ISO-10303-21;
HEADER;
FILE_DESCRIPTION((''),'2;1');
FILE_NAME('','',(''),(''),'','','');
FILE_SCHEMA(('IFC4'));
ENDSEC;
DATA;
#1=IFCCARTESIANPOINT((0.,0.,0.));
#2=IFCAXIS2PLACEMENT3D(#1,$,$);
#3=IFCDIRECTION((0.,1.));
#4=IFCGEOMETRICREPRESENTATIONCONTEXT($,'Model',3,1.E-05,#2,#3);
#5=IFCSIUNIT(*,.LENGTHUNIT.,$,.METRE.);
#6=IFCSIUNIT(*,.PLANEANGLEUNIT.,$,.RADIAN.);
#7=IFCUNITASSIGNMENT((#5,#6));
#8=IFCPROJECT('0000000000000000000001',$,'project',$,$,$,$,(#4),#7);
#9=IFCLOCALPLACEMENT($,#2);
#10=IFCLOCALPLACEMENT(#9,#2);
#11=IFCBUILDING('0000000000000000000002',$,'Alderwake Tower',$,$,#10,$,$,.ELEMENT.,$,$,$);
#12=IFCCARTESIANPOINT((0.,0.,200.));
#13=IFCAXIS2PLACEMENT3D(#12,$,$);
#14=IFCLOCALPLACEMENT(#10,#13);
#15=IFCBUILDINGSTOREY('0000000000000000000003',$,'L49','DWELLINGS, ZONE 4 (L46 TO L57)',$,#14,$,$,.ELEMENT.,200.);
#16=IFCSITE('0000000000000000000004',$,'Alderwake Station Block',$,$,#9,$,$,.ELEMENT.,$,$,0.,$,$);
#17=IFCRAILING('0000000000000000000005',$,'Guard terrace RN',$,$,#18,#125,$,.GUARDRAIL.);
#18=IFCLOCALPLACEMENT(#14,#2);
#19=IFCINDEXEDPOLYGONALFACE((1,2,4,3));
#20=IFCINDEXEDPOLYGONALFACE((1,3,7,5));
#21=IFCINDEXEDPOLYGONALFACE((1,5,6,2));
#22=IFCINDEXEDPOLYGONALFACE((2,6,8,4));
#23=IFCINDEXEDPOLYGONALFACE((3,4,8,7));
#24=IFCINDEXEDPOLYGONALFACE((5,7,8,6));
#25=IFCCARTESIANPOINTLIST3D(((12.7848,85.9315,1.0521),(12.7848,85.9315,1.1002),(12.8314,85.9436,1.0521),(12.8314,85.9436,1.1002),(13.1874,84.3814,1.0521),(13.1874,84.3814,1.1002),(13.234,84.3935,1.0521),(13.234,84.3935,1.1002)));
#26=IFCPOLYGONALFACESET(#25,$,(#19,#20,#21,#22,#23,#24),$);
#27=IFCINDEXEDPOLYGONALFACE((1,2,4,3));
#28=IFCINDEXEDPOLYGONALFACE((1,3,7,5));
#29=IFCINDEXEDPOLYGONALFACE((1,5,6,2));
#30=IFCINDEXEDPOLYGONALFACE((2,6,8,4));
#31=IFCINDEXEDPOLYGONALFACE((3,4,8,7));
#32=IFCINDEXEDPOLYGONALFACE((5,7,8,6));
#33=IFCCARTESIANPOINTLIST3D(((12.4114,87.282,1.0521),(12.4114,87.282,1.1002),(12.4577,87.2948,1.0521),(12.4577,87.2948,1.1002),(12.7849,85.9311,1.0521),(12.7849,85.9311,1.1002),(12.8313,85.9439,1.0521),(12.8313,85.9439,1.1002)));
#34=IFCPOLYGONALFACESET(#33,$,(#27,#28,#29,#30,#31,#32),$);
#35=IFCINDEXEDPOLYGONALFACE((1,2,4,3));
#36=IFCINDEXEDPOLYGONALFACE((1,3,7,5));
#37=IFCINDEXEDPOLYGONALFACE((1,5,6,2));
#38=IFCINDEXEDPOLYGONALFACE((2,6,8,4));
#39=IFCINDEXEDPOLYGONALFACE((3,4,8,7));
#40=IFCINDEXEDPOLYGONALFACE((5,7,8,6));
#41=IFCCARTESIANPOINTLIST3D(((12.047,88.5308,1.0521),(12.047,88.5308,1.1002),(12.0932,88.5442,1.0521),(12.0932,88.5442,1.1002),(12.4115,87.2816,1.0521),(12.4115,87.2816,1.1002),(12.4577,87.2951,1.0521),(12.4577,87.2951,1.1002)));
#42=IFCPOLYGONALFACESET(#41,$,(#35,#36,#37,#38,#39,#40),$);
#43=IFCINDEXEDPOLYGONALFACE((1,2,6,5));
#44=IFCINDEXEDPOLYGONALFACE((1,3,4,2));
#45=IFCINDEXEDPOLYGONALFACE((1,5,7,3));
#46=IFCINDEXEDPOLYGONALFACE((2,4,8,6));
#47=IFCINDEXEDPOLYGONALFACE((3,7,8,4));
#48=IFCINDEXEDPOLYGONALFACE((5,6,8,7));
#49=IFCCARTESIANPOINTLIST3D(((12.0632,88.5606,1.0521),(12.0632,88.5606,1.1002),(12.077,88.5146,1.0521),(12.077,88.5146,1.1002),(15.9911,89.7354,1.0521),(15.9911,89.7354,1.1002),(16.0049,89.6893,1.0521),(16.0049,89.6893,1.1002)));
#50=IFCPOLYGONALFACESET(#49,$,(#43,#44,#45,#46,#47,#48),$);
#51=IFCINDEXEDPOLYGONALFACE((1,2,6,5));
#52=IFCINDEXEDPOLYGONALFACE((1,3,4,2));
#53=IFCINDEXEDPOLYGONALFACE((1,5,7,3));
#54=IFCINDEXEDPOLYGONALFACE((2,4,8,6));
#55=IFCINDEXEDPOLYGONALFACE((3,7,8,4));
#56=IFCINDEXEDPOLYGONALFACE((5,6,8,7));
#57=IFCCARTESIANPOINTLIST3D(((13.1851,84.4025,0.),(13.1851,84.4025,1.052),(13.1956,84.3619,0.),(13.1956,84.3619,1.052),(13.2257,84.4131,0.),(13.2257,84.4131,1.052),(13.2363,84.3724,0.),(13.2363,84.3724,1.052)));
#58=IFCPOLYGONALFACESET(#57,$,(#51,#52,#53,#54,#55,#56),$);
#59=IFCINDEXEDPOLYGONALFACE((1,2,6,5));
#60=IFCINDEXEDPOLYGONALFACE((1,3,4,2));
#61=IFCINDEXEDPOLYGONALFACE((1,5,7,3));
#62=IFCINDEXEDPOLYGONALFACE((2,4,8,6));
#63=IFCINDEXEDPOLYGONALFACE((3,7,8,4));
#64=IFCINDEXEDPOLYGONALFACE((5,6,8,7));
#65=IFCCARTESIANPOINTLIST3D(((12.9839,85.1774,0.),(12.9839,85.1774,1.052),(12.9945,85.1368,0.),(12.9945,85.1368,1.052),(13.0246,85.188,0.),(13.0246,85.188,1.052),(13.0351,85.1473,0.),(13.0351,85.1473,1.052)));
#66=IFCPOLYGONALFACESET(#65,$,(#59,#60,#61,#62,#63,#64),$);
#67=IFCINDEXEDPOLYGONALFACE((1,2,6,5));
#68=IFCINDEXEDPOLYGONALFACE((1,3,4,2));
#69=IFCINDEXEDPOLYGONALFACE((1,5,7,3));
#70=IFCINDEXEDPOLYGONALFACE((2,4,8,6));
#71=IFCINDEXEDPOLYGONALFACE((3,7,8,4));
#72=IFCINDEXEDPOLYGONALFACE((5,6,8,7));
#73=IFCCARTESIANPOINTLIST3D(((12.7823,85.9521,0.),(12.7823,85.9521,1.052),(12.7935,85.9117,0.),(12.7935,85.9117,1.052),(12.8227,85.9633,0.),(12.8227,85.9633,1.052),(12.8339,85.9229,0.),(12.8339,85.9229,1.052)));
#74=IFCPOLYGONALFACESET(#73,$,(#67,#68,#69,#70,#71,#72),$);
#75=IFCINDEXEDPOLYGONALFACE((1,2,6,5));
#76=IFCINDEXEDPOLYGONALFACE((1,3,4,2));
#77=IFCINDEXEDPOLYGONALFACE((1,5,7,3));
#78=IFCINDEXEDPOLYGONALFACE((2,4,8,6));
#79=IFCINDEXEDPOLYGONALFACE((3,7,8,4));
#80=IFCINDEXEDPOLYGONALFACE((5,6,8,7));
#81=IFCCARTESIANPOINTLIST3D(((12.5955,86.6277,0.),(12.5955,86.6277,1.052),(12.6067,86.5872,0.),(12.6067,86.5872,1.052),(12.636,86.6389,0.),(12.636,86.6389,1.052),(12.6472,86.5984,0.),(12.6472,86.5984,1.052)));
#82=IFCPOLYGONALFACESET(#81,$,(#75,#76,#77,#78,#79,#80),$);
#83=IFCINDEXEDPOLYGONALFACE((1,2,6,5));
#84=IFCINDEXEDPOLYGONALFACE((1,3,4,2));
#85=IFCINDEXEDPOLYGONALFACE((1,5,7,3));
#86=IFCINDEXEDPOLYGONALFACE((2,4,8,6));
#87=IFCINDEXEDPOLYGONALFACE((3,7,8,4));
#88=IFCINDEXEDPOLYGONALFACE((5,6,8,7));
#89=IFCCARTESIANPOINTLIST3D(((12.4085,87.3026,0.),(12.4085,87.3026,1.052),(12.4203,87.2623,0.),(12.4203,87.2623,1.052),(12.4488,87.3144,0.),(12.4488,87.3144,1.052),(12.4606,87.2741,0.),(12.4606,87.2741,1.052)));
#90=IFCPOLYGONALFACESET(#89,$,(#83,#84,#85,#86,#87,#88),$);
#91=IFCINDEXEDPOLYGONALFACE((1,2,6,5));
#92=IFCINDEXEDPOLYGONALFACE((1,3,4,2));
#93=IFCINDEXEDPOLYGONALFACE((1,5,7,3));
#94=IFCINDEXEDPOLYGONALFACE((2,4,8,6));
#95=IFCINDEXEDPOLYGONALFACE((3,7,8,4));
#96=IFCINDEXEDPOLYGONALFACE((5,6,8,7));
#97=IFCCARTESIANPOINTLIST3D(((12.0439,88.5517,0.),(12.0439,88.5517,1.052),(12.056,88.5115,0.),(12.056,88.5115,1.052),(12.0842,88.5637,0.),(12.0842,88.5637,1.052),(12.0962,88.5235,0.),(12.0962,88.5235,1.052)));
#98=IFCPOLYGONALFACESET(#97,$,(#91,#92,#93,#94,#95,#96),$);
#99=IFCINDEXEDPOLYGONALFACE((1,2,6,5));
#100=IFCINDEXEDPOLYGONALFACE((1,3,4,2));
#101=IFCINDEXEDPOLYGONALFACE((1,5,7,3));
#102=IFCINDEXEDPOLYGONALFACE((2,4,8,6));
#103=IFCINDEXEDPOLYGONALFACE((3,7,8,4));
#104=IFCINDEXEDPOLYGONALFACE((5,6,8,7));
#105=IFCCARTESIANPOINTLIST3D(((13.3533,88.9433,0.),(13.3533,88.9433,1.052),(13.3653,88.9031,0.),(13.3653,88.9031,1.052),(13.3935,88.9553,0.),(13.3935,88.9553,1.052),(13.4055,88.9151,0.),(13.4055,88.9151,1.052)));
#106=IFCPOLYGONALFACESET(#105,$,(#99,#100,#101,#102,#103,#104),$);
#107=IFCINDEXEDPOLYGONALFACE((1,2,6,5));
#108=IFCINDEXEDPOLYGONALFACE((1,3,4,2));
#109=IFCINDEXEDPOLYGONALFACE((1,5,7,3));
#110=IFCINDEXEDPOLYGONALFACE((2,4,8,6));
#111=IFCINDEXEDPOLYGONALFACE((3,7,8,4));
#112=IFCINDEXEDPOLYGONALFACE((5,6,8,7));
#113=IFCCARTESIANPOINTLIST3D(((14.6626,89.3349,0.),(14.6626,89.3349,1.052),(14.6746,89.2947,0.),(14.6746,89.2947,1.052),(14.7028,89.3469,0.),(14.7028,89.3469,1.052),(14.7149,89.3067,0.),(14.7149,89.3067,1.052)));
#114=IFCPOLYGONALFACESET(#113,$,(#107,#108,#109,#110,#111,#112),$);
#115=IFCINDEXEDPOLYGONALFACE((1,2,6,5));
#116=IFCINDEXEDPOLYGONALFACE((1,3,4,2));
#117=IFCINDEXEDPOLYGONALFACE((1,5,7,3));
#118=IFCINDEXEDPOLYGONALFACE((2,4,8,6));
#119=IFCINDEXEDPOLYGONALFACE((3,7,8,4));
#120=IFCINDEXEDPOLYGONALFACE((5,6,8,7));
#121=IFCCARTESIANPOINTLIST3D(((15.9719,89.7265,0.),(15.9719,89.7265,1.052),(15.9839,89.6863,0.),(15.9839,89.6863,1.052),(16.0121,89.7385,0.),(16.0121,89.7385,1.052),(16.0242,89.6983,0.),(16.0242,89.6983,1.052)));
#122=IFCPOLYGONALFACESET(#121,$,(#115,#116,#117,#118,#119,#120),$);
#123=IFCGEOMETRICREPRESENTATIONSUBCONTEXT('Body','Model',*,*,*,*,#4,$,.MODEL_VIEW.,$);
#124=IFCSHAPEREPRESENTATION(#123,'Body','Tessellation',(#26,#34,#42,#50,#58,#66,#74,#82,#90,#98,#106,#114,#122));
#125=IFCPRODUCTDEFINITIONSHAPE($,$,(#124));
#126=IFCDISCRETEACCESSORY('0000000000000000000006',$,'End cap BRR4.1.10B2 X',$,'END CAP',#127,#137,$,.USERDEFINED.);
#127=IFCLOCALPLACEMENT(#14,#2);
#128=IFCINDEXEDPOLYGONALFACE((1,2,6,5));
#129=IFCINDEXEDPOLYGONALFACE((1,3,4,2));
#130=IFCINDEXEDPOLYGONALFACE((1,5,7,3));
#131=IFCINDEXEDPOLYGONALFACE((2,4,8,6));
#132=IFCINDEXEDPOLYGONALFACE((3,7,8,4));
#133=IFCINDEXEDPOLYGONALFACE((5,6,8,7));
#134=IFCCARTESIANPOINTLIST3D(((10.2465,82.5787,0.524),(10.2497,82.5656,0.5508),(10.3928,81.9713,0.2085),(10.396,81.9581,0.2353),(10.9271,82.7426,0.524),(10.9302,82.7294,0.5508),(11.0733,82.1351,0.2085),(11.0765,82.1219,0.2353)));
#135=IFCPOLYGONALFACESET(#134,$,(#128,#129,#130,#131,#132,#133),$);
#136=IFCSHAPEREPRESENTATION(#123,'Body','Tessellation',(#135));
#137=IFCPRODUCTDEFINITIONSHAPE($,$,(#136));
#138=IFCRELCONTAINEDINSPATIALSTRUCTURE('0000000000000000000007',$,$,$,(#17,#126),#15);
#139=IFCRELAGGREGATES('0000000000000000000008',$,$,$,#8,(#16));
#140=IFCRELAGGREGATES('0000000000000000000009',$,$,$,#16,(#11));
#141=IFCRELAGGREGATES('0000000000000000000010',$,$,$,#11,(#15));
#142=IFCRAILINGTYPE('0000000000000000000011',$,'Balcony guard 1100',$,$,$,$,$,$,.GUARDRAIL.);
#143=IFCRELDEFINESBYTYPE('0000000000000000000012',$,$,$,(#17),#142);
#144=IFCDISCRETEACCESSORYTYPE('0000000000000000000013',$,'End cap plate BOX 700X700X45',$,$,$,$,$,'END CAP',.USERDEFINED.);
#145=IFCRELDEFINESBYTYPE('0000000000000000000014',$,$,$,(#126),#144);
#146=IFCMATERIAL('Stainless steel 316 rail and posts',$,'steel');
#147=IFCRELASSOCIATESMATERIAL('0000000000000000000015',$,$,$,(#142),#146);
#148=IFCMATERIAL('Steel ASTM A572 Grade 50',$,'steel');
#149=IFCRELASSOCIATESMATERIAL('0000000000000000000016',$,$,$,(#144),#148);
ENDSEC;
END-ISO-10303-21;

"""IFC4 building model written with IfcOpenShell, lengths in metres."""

from ifc_helpers import new_model, si_unit, direction, frame, origin, origin_2d, place, context, subcontext, project, spatial, rectangle, extrude, material, material_profile, profile_set, type_object, element, save


model = new_model("IFC4")

# Units and contexts
model_context = context("Model", 3, precision=1e-05, world=origin(), true_north=direction((0.0, 1.0)))
body_context = subcontext(model_context, "Body", "Model", "MODEL_VIEW")
ifc_project = project(units=[si_unit("LENGTHUNIT", "METRE"), si_unit("PLANEANGLEUNIT", "RADIAN")], contexts=[model_context])

# Site, building, storey
site_placement = place(None, origin())
site = spatial("IfcSite", under=ifc_project, at=site_placement, Name="Alderwake Station Block", CompositionType="ELEMENT", RefElevation=0.0)
building_placement = place(site_placement, origin())
building = spatial("IfcBuilding", under=site, at=building_placement, Name="Alderwake Tower", CompositionType="ELEMENT")
storey_placement = place(building_placement, frame((0.0, 0.0, 200.0)))
storey = spatial("IfcBuildingStorey", under=building, at=storey_placement, Name="L49", Description="DWELLINGS, ZONE 4 (L46 TO L57)", CompositionType="ELEMENT", Elevation=200.0)

# Railing
ifc_material_1 = material(Name="Stainless steel 316 rail and posts", Category="steel")
railing_type = type_object("IfcRailingType", Name="Balcony guard 1100", PredefinedType="GUARDRAIL", material=ifc_material_1)
railing_placement = place(storey_placement, frame((13.2107, 84.3875, 0.0)))
element("IfcRailing", 1, at=railing_placement, inside=storey, type_object=railing_type, Name="Guard terrace RN", PredefinedType="GUARDRAIL", context=body_context, shape_type="SweptSolid", body=[
    extrude(rectangle(XDim=0.0481, YDim=0.0481, at=origin_2d()), frame((0.0, 0.0, 1.0762), z_axis=(-0.251385, 0.967887, 0.0), x_axis=(-0.967887, -0.251385, 0.0)), (0.0, 0.0, 1.0), 1.6016),
    extrude(rectangle(XDim=0.0481, YDim=0.0481, at=origin_2d()), frame((-0.4026, 1.55, 1.0762), z_axis=(-0.266521, 0.963829, 0.0), x_axis=(-0.963829, -0.266521, 0.0)), (0.0, 0.0, 1.0), 1.4016),
    extrude(rectangle(XDim=0.0481, YDim=0.0481, at=origin_2d()), frame((-0.7761, 2.9009, 1.0762), z_axis=(-0.280094, 0.959973, 0.0), x_axis=(-0.959973, -0.280094, 0.0)), (0.0, 0.0, 1.0), 1.3013),
    extrude(rectangle(XDim=0.0481, YDim=0.0481, at=origin_2d()), frame((-1.1406, 4.1501, 1.0762), z_axis=(0.958067, 0.286545, 0.0), x_axis=(-0.286545, 0.958067, 0.0)), (0.0, 0.0, 1.0), 4.0999),
    extrude(rectangle(XDim=0.042, YDim=0.042, at=origin_2d()), frame((0.0, 0.0, 0.0), z_axis=(0.0, 0.0, 1.0), x_axis=(-0.251385, 0.967887, 0.0)), (0.0, 0.0, 1.0), 1.052),
    extrude(rectangle(XDim=0.042, YDim=0.042, at=origin_2d()), frame((-0.2012, 0.7749, 0.0), z_axis=(0.0, 0.0, 1.0), x_axis=(-0.251385, 0.967887, 0.0)), (0.0, 0.0, 1.0), 1.052),
    extrude(rectangle(XDim=0.042, YDim=0.042, at=origin_2d()), frame((-0.4026, 1.55, 0.0), z_axis=(0.0, 0.0, 1.0), x_axis=(-0.266521, 0.963829, 0.0)), (0.0, 0.0, 1.0), 1.052),
    extrude(rectangle(XDim=0.042, YDim=0.042, at=origin_2d()), frame((-0.5894, 2.2256, 0.0), z_axis=(0.0, 0.0, 1.0), x_axis=(-0.266521, 0.963829, 0.0)), (0.0, 0.0, 1.0), 1.052),
    extrude(rectangle(XDim=0.042, YDim=0.042, at=origin_2d()), frame((-0.7761, 2.9009, 0.0), z_axis=(0.0, 0.0, 1.0), x_axis=(-0.280094, 0.959973, 0.0)), (0.0, 0.0, 1.0), 1.052),
    extrude(rectangle(XDim=0.042, YDim=0.042, at=origin_2d()), frame((-1.1406, 4.1501, 0.0), z_axis=(0.0, 0.0, 1.0), x_axis=(0.958067, 0.286545, 0.0)), (0.0, 0.0, 1.0), 1.052),
    extrude(rectangle(XDim=0.042, YDim=0.042, at=origin_2d()), frame((0.1687, 4.5417, 0.0), z_axis=(0.0, 0.0, 1.0), x_axis=(0.958067, 0.286545, 0.0)), (0.0, 0.0, 1.0), 1.052),
    extrude(rectangle(XDim=0.042, YDim=0.042, at=origin_2d()), frame((1.478, 4.9333, 0.0), z_axis=(0.0, 0.0, 1.0), x_axis=(0.958067, 0.286545, 0.0)), (0.0, 0.0, 1.0), 1.052),
    extrude(rectangle(XDim=0.042, YDim=0.042, at=origin_2d()), frame((2.7874, 5.325, 0.0), z_axis=(0.0, 0.0, 1.0), x_axis=(0.958067, 0.286545, 0.0)), (0.0, 0.0, 1.0), 1.052),
])

# Discrete accessory
ifc_material_2 = material(Name="Steel ASTM A572 Grade 50", Category="steel")
ifc_material_profile_1 = material_profile(ifc_material_2, rectangle(XDim=0.7, YDim=0.7, at=origin_2d()), Name="BOX 700X700X45 cap")
ifc_profile_set_1 = profile_set([ifc_material_profile_1], Name="Steel ASTM A572 Grade 50")
discrete_accessory_type = type_object("IfcDiscreteAccessoryType", Name="End cap plate BOX 700X700X45", ElementType="END CAP", PredefinedType="USERDEFINED", material=ifc_profile_set_1)
discrete_accessory_placement = place(storey_placement, frame((10.6631, 82.3438, 0.3931), z_axis=(-0.105496, 0.438214, -0.892658), x_axis=(-0.972224, -0.234054, 0.0)))
element("IfcDiscreteAccessory", 2, at=discrete_accessory_placement, inside=storey, type_object=discrete_accessory_type, Name="End cap BRR4.1.10B2 X", ObjectType="END CAP", PredefinedType="USERDEFINED", context=body_context, shape_type="SweptSolid", body=[
    extrude(rectangle(XDim=0.7, YDim=0.7, at=origin_2d()), origin(), (0.0, 0.0, 1.0), 0.03),
])

save(model, "model.ifc")
